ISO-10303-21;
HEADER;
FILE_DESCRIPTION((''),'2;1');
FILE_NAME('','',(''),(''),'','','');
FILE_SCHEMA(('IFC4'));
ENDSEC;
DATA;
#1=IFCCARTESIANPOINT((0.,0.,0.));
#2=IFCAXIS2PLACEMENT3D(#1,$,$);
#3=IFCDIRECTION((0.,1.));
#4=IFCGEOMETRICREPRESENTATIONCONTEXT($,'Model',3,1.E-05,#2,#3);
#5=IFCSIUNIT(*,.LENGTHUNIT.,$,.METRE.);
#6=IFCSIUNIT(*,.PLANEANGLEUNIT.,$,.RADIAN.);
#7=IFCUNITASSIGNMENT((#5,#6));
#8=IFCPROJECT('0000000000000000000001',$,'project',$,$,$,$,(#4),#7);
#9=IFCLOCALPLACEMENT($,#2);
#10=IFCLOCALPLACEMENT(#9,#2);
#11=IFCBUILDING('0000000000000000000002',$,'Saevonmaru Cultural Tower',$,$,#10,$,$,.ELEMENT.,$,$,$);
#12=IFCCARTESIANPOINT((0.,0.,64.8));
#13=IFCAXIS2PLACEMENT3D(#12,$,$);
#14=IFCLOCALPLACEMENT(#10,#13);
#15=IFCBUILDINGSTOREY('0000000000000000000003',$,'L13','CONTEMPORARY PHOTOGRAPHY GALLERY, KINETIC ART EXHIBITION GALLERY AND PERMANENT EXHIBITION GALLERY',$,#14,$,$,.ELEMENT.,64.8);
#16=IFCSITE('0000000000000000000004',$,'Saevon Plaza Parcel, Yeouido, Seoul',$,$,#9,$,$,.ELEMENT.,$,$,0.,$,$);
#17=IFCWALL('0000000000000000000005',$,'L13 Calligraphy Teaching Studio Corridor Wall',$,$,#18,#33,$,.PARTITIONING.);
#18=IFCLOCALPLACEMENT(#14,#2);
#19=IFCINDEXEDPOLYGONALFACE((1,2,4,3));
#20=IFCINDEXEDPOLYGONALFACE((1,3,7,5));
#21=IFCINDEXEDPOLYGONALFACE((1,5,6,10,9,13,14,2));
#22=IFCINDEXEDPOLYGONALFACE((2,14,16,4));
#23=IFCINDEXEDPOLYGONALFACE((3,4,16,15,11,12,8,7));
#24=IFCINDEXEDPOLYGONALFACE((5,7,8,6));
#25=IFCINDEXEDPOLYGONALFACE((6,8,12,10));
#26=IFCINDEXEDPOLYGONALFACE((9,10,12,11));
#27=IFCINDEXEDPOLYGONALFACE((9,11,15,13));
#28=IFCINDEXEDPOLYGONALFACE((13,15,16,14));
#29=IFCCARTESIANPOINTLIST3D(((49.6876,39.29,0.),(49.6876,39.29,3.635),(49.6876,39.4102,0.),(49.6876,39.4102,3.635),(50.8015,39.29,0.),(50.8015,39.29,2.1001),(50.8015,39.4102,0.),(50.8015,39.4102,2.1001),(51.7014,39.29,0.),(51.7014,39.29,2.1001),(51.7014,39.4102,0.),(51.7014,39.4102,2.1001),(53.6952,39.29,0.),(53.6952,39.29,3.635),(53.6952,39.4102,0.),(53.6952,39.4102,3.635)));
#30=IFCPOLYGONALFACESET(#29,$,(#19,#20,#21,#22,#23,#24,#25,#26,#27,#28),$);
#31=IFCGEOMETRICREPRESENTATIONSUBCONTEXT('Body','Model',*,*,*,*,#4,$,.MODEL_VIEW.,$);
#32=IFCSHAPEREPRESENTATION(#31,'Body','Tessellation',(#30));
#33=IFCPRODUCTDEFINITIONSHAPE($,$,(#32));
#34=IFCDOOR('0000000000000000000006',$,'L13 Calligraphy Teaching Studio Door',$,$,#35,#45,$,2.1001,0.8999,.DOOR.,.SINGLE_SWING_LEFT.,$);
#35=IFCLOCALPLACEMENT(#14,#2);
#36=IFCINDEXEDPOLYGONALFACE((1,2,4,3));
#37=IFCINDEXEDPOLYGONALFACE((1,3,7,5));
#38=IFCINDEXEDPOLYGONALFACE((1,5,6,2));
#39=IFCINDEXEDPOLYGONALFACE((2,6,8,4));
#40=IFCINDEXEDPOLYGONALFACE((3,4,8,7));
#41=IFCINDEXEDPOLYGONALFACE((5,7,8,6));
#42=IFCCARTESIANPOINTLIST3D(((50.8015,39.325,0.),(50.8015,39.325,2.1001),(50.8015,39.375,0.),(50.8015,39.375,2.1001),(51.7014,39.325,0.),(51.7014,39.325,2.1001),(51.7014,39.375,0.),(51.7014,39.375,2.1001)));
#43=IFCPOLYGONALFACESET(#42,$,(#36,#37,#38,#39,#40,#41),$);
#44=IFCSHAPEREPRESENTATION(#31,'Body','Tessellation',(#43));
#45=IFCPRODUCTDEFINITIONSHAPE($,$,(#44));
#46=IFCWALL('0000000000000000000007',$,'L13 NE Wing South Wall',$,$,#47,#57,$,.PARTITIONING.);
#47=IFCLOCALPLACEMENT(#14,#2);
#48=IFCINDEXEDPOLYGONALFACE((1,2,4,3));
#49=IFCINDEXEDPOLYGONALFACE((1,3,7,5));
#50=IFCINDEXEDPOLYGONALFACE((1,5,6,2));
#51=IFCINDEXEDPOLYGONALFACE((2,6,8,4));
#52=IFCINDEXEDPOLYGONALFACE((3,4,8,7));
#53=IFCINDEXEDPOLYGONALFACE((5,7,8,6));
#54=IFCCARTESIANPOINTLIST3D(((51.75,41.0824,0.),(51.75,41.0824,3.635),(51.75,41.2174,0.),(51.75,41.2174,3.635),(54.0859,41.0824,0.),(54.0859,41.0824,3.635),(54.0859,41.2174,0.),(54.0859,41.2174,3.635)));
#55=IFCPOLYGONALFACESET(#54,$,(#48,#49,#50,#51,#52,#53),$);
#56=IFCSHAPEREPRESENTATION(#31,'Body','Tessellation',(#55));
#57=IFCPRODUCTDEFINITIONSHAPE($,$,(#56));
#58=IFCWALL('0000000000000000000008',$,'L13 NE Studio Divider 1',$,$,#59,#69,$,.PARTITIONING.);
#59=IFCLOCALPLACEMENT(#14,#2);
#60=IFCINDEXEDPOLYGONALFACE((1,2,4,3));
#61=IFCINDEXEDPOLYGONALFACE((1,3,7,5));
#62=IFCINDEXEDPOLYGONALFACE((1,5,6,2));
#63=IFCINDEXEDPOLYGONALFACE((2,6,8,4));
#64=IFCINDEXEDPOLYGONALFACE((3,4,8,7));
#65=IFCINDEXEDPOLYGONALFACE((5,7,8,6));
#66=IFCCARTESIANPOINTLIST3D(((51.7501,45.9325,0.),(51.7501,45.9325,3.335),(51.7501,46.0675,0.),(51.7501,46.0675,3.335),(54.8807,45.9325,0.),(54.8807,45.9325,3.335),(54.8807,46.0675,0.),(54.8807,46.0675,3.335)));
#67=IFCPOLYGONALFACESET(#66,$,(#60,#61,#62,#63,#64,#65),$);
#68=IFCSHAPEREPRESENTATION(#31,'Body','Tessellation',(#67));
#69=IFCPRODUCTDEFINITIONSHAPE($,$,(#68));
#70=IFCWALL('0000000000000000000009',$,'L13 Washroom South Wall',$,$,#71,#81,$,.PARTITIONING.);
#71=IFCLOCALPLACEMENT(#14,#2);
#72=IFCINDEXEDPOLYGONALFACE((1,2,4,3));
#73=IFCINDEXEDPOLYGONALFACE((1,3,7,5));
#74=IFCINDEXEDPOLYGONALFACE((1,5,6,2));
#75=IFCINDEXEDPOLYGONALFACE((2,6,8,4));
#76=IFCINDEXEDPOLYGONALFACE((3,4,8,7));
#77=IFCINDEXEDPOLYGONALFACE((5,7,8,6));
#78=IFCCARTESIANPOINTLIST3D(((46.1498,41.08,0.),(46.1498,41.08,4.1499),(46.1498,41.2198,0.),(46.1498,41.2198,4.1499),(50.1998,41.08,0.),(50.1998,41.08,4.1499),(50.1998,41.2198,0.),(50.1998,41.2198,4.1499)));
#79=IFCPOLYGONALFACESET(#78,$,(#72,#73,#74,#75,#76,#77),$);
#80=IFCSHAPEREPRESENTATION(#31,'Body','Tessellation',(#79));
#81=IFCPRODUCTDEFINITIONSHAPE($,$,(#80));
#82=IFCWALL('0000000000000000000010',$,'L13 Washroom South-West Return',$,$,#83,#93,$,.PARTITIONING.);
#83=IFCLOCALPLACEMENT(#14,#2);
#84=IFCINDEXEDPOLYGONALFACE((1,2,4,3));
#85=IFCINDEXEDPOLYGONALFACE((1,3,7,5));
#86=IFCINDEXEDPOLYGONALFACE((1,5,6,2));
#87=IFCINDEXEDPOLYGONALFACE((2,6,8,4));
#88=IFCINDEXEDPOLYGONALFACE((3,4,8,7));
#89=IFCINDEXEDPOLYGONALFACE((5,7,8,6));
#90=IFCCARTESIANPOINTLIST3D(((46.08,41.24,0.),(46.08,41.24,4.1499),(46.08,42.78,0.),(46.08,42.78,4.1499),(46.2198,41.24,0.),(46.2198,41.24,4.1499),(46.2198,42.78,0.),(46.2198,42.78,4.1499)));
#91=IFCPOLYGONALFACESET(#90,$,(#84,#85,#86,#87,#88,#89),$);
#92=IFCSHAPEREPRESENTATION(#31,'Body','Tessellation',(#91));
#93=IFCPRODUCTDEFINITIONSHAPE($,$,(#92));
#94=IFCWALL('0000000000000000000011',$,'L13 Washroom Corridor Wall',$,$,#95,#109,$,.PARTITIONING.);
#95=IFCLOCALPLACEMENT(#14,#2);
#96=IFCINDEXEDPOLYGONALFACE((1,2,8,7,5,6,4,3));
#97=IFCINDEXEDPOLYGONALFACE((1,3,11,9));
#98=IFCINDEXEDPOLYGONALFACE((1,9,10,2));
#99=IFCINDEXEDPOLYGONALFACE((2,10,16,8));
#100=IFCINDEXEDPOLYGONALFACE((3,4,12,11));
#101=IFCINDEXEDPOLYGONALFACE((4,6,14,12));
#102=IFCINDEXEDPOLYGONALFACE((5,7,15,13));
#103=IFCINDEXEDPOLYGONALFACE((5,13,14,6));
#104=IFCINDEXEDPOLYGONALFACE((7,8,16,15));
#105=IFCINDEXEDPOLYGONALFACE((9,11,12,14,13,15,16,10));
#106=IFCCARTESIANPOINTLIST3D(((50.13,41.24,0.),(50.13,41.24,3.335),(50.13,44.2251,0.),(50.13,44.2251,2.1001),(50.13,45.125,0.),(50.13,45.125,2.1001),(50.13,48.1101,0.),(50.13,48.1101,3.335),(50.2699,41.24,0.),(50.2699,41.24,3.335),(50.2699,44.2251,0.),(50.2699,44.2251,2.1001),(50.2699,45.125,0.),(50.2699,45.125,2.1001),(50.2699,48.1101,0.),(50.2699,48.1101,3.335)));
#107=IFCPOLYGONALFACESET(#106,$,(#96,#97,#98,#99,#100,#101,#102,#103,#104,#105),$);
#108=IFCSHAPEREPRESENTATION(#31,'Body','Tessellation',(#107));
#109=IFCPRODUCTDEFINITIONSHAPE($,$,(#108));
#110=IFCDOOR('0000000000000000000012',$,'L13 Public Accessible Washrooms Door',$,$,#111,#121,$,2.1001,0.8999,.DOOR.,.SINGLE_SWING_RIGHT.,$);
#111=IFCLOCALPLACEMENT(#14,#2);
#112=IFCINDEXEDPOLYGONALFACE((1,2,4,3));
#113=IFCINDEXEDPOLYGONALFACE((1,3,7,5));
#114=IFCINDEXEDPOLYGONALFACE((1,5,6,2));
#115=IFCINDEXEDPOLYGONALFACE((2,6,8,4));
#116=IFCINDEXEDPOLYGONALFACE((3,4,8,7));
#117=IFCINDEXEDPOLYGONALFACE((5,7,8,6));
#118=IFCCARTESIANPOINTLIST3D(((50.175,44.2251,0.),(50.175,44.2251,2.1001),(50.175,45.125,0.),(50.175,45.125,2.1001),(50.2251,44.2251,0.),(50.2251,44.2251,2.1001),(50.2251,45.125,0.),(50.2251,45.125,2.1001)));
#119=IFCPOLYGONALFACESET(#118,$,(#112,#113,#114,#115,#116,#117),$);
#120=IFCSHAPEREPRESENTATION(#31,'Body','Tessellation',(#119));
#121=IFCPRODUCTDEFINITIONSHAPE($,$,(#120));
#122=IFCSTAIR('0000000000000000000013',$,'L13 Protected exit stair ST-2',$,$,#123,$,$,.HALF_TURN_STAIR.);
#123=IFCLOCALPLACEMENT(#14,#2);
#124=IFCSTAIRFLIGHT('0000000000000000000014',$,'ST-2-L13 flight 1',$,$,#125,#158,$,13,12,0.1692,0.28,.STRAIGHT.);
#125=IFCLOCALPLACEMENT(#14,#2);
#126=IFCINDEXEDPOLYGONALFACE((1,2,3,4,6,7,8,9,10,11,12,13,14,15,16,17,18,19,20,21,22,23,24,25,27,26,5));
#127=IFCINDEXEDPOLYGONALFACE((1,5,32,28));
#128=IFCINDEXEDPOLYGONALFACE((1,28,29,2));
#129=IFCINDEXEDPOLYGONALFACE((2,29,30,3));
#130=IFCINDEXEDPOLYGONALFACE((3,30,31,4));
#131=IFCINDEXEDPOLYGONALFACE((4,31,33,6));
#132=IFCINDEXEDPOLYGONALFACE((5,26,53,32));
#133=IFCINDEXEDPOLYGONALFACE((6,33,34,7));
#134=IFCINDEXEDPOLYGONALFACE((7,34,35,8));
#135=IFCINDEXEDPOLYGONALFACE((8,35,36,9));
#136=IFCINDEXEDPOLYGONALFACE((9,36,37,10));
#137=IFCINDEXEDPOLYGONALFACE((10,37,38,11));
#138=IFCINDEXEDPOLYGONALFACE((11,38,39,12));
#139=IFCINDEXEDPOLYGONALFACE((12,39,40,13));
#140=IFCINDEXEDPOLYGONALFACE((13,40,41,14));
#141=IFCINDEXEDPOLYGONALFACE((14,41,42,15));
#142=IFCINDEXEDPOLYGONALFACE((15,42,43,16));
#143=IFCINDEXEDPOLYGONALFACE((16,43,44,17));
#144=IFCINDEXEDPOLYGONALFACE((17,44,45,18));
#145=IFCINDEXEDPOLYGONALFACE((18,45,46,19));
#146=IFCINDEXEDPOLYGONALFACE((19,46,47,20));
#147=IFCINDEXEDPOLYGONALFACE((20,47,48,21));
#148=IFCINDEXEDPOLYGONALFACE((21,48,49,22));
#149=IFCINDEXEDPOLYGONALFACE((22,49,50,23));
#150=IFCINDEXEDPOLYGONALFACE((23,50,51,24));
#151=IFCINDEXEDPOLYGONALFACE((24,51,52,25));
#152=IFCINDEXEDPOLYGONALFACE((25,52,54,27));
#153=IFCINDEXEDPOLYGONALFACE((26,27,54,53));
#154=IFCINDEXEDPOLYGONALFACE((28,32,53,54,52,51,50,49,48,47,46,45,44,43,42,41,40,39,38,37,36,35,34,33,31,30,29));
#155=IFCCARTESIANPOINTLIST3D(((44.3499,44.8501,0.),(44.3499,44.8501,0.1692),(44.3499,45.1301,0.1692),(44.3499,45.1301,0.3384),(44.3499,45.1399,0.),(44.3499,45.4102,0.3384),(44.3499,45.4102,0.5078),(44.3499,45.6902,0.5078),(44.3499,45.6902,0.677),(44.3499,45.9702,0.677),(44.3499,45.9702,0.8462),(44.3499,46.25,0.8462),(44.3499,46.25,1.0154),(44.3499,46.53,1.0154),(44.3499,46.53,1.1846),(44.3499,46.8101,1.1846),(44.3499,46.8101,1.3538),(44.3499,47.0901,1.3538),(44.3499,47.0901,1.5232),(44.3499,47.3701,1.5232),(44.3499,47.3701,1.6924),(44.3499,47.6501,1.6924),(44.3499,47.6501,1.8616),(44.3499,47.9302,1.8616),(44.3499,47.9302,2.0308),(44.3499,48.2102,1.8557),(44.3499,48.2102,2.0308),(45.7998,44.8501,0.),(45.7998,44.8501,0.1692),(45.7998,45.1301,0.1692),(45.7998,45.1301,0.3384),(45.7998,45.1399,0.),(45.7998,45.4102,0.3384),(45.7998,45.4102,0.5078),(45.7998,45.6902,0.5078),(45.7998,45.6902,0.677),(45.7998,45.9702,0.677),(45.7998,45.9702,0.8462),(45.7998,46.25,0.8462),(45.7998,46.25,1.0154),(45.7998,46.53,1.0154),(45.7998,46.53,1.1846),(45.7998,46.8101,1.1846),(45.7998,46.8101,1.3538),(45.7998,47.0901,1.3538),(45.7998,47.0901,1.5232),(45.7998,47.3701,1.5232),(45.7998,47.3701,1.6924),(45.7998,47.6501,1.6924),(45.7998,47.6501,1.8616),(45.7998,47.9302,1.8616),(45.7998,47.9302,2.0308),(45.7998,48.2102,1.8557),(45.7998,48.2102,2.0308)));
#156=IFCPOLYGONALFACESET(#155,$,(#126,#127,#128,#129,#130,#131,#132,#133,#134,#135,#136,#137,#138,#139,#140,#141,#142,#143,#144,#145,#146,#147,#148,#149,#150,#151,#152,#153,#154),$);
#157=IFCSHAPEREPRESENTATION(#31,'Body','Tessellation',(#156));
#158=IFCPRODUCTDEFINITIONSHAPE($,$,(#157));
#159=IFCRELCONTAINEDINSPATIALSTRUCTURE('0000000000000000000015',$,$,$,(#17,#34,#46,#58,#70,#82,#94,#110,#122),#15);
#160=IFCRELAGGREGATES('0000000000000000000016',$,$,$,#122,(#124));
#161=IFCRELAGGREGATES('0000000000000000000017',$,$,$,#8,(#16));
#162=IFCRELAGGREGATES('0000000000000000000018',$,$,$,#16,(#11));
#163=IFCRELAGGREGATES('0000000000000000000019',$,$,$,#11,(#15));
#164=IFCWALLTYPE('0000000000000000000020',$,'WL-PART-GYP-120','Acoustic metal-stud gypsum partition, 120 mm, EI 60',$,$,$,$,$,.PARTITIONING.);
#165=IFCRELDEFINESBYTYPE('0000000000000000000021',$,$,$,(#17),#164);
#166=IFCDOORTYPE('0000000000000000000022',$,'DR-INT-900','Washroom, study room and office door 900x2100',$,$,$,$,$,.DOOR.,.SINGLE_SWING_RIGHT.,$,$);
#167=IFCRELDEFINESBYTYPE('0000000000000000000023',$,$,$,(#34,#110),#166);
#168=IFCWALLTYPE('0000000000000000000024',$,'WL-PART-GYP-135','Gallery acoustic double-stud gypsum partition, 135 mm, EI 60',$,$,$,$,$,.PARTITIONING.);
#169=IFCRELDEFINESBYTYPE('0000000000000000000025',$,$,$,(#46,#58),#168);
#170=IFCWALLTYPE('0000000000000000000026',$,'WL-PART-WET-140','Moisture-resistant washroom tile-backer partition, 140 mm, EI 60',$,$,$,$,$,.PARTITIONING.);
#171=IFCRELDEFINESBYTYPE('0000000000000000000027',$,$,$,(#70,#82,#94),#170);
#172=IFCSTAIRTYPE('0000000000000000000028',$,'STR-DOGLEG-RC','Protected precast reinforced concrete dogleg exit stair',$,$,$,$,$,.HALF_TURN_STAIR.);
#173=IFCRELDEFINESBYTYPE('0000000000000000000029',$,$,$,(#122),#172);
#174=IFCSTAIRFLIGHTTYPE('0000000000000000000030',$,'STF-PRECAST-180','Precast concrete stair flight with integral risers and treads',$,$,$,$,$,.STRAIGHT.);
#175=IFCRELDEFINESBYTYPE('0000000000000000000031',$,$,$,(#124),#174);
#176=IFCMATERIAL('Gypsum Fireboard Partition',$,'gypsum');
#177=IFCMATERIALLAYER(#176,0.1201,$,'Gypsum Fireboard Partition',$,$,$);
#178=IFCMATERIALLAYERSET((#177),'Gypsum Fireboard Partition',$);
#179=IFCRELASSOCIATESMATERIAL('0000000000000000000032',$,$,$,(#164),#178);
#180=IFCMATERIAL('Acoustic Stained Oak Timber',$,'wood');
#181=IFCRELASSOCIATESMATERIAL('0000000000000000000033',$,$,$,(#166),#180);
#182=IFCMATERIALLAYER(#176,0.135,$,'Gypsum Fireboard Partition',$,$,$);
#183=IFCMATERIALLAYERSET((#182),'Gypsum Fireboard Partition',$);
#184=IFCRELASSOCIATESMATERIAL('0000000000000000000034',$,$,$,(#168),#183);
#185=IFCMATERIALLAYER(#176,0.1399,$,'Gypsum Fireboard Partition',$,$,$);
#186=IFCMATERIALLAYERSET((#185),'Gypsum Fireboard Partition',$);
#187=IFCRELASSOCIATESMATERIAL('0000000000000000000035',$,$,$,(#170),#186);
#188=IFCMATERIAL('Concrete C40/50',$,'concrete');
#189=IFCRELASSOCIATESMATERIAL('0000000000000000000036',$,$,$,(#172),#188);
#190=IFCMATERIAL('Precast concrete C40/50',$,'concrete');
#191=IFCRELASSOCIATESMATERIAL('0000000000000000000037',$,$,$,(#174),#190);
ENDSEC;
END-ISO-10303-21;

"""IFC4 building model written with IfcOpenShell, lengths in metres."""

from ifc_helpers import new_model, si_unit, direction, frame, frame_2d, origin, place, context, subcontext, project, spatial, polyline, rectangle, outline, extrude, material, layer, layer_set, type_object, element, fill, aggregate, save


model = new_model("IFC4")

# Units and contexts
model_context = context("Model", 3, precision=1e-05, world=origin(), true_north=direction((0.0, 1.0)))
body_context = subcontext(model_context, "Body", "Model", "MODEL_VIEW")
ifc_project = project(units=[si_unit("LENGTHUNIT", "METRE"), si_unit("PLANEANGLEUNIT", "RADIAN")], contexts=[model_context])

# Site, building, storey
site_placement = place(None, origin())
site = spatial("IfcSite", under=ifc_project, at=site_placement, Name="Saevon Plaza Parcel, Yeouido, Seoul", CompositionType="ELEMENT", RefElevation=0.0)
building_placement = place(site_placement, origin())
building = spatial("IfcBuilding", under=site, at=building_placement, Name="Saevonmaru Cultural Tower", CompositionType="ELEMENT")
storey_placement = place(building_placement, frame((0.0, 0.0, 64.8)))
storey = spatial("IfcBuildingStorey", under=building, at=storey_placement, Name="L13", Description="CONTEMPORARY PHOTOGRAPHY GALLERY, KINETIC ART EXHIBITION GALLERY AND PERMANENT EXHIBITION GALLERY", CompositionType="ELEMENT", Elevation=64.8)

# Wall, opening, door
ifc_material_1 = material(Name="Gypsum Fireboard Partition", Category="gypsum")
ifc_material_2 = material(Name="Acoustic Stained Oak Timber", Category="wood")
ifc_layer_1 = layer(ifc_material_1, 0.1201, Name="Gypsum Fireboard Partition")
ifc_layer_set_1 = layer_set([ifc_layer_1], Name="Gypsum Fireboard Partition")
wall_type_1 = type_object("IfcWallType", Name="WL-PART-GYP-120", Description="Acoustic metal-stud gypsum partition, 120 mm, EI 60", PredefinedType="PARTITIONING", material=ifc_layer_set_1)
door_type_1 = type_object("IfcDoorType", Name="DR-INT-900", Description="Washroom, study room and office door 900x2100", OperationType="SINGLE_SWING_RIGHT", PredefinedType="DOOR", material=ifc_material_2)
wall_1_placement = place(storey_placement, frame((49.6875, 39.3501, 0.0), z_axis=(0.0, 0.0, 1.0), x_axis=(1.0, 0.0, 0.0)))
wall_1 = element("IfcWall", 1, at=wall_1_placement, inside=storey, type_object=wall_type_1, Name="L13 Calligraphy Teaching Studio Corridor Wall", PredefinedType="PARTITIONING", context=body_context, shape_type="SweptSolid", body=[
    extrude(rectangle(XDim=4.0076, YDim=0.1201, at=frame_2d((2.0039, 0.0))), origin(), (0.0, 0.0, 1.0), 3.635),
])
opening_1_placement = place(wall_1_placement, frame((1.114, 0.0, 0.0)))
opening_1 = element("IfcOpeningElement", 2, at=opening_1_placement, cuts=wall_1, PredefinedType="OPENING", context=body_context, shape_type="SweptSolid", body=[
    extrude(rectangle(XDim=0.8999, YDim=2.1001, at=frame_2d((0.45, 1.05))), frame((0.0, 0.0701, 0.0), z_axis=(0.0, -1.0, 0.0), x_axis=(1.0, 0.0, 0.0)), (0.0, 0.0, 1.0), 0.1401),
])
door_1_placement = place(opening_1_placement, origin())
door_1 = element("IfcDoor", 3, at=door_1_placement, inside=storey, type_object=door_type_1, Name="L13 Calligraphy Teaching Studio Door", OperationType="SINGLE_SWING_LEFT", OverallHeight=2.1001, OverallWidth=0.8999, PredefinedType="DOOR", context=body_context, shape_type="SweptSolid", body=[
    extrude(rectangle(XDim=0.8999, YDim=2.1001, at=frame_2d((0.45, 1.05))), frame((0.0, 0.0249, 0.0), z_axis=(0.0, -1.0, 0.0), x_axis=(1.0, 0.0, 0.0)), (0.0, 0.0, 1.0), 0.05),
])
fill(opening_1, door_1)

# Walls
ifc_layer_2 = layer(ifc_material_1, 0.135, Name="Gypsum Fireboard Partition")
ifc_layer_set_2 = layer_set([ifc_layer_2], Name="Gypsum Fireboard Partition")
wall_type_2 = type_object("IfcWallType", Name="WL-PART-GYP-135", Description="Gallery acoustic double-stud gypsum partition, 135 mm, EI 60", PredefinedType="PARTITIONING", material=ifc_layer_set_2)
wall_2_placement = place(storey_placement, frame((51.75, 41.1499, 0.0), z_axis=(0.0, 0.0, 1.0), x_axis=(1.0, 0.0, 0.0)))
element("IfcWall", 4, at=wall_2_placement, inside=storey, type_object=wall_type_2, Name="L13 NE Wing South Wall", PredefinedType="PARTITIONING", context=body_context, shape_type="SweptSolid", body=[
    extrude(rectangle(XDim=2.3359, YDim=0.135, at=frame_2d((1.168, 0.0))), origin(), (0.0, 0.0, 1.0), 3.635),
])
wall_3_placement = place(storey_placement, frame((51.75, 46.0, 0.0), z_axis=(0.0, 0.0, 1.0), x_axis=(1.0, 0.0, 0.0)))
element("IfcWall", 5, at=wall_3_placement, inside=storey, type_object=wall_type_2, Name="L13 NE Studio Divider 1", PredefinedType="PARTITIONING", context=body_context, shape_type="SweptSolid", body=[
    extrude(rectangle(XDim=3.1306, YDim=0.135, at=frame_2d((1.5654, 0.0))), origin(), (0.0, 0.0, 1.0), 3.335),
])
ifc_layer_3 = layer(ifc_material_1, 0.1399, Name="Gypsum Fireboard Partition")
ifc_layer_set_3 = layer_set([ifc_layer_3], Name="Gypsum Fireboard Partition")
wall_type_3 = type_object("IfcWallType", Name="WL-PART-WET-140", Description="Moisture-resistant washroom tile-backer partition, 140 mm, EI 60", PredefinedType="PARTITIONING", material=ifc_layer_set_3)
wall_4_placement = place(storey_placement, frame((46.1499, 41.1499, 0.0), z_axis=(0.0, 0.0, 1.0), x_axis=(1.0, 0.0, 0.0)))
element("IfcWall", 6, at=wall_4_placement, inside=storey, type_object=wall_type_3, Name="L13 Washroom South Wall", PredefinedType="PARTITIONING", context=body_context, shape_type="SweptSolid", body=[
    extrude(rectangle(XDim=4.05, YDim=0.1399, at=frame_2d((2.0249, 0.0))), origin(), (0.0, 0.0, 1.0), 4.1499),
])
wall_5_placement = place(storey_placement, frame((46.1499, 41.24, 0.0), z_axis=(0.0, 0.0, 1.0), x_axis=(0.0, 1.0, 0.0)))
element("IfcWall", 7, at=wall_5_placement, inside=storey, type_object=wall_type_3, Name="L13 Washroom South-West Return", PredefinedType="PARTITIONING", context=body_context, shape_type="SweptSolid", body=[
    extrude(rectangle(XDim=1.54, YDim=0.1399, at=frame_2d((0.77, 0.0))), origin(), (0.0, 0.0, 1.0), 4.1499),
])

# Wall, opening, door
wall_6_placement = place(storey_placement, frame((50.2, 41.24, 0.0), z_axis=(0.0, 0.0, 1.0), x_axis=(0.0, 1.0, 0.0)))
wall_6 = element("IfcWall", 8, at=wall_6_placement, inside=storey, type_object=wall_type_3, Name="L13 Washroom Corridor Wall", PredefinedType="PARTITIONING", context=body_context, shape_type="SweptSolid", body=[
    extrude(rectangle(XDim=6.8701, YDim=0.1399, at=frame_2d((3.4351, 0.0))), origin(), (0.0, 0.0, 1.0), 3.335),
])
opening_2_placement = place(wall_6_placement, frame((2.9851, 0.0, 0.0)))
opening_2 = element("IfcOpeningElement", 9, at=opening_2_placement, cuts=wall_6, PredefinedType="OPENING", context=body_context, shape_type="SweptSolid", body=[
    extrude(rectangle(XDim=0.8999, YDim=2.1001, at=frame_2d((0.45, 1.05))), frame((0.0, 0.0801, 0.0), z_axis=(0.0, -1.0, 0.0), x_axis=(1.0, 0.0, 0.0)), (0.0, 0.0, 1.0), 0.1599),
])
door_2_placement = place(opening_2_placement, origin())
door_2 = element("IfcDoor", 10, at=door_2_placement, inside=storey, type_object=door_type_1, Name="L13 Public Accessible Washrooms Door", OperationType="SINGLE_SWING_RIGHT", OverallHeight=2.1001, OverallWidth=0.8999, PredefinedType="DOOR", context=body_context, shape_type="SweptSolid", body=[
    extrude(rectangle(XDim=0.8999, YDim=2.1001, at=frame_2d((0.45, 1.05))), frame((0.0, 0.0249, 0.0), z_axis=(0.0, -1.0, 0.0), x_axis=(1.0, 0.0, 0.0)), (0.0, 0.0, 1.0), 0.05),
])
fill(opening_2, door_2)

# Stair, stair flight
ifc_material_3 = material(Name="Concrete C40/50", Category="concrete")
stair_type = type_object("IfcStairType", Name="STR-DOGLEG-RC", Description="Protected precast reinforced concrete dogleg exit stair", PredefinedType="HALF_TURN_STAIR", material=ifc_material_3)
stair_placement = place(storey_placement, origin())
stair = element("IfcStair", 11, at=stair_placement, inside=storey, type_object=stair_type, Name="L13 Protected exit stair ST-2", PredefinedType="HALF_TURN_STAIR")
ifc_material_4 = material(Name="Precast concrete C40/50", Category="concrete")
stair_flight_type = type_object("IfcStairFlightType", Name="STF-PRECAST-180", Description="Precast concrete stair flight with integral risers and treads", PredefinedType="STRAIGHT", material=ifc_material_4)
stair_flight_placement = place(storey_placement, frame((45.075, 44.8501, 0.0), z_axis=(0.0, 0.0, 1.0), x_axis=(0.0, 1.0, 0.0)))
stair_flight = element("IfcStairFlight", 12, at=stair_flight_placement, type_object=stair_flight_type, Name="ST-2-L13 flight 1", NumberOfRisers=13, NumberOfTreads=12, PredefinedType="STRAIGHT", RiserHeight=0.1692, TreadLength=0.28, context=body_context, shape_type="SweptSolid", body=[
    extrude(outline(polyline([(0.0, 0.0), (0.0, 0.1692), (0.28, 0.1692), (0.28, 0.3384), (0.5601, 0.3384), (0.5601, 0.5078), (0.8401, 0.5078), (0.8401, 0.677), (1.1201, 0.677), (1.1201, 0.8462), (1.3999, 0.8462), (1.3999, 1.0154), (1.6799, 1.0154), (1.6799, 1.1846), (1.96, 1.1846), (1.96, 1.3538), (2.24, 1.3538), (2.24, 1.5232), (2.52, 1.5232), (2.52, 1.6924), (2.8, 1.6924), (2.8, 1.8616), (3.0801, 1.8616), (3.0801, 2.0308), (3.3601, 2.0308), (3.3601, 2.2), (3.3601, 1.8557), (0.2898, 0.0), (0.0, 0.0)])), frame((0.0, 0.7251, 0.0), z_axis=(0.0, -1.0, 0.0), x_axis=(1.0, 0.0, 0.0)), (0.0, 0.0, 1.0), 1.45),
])
aggregate(stair, [stair_flight])

save(model, "model.ifc")
